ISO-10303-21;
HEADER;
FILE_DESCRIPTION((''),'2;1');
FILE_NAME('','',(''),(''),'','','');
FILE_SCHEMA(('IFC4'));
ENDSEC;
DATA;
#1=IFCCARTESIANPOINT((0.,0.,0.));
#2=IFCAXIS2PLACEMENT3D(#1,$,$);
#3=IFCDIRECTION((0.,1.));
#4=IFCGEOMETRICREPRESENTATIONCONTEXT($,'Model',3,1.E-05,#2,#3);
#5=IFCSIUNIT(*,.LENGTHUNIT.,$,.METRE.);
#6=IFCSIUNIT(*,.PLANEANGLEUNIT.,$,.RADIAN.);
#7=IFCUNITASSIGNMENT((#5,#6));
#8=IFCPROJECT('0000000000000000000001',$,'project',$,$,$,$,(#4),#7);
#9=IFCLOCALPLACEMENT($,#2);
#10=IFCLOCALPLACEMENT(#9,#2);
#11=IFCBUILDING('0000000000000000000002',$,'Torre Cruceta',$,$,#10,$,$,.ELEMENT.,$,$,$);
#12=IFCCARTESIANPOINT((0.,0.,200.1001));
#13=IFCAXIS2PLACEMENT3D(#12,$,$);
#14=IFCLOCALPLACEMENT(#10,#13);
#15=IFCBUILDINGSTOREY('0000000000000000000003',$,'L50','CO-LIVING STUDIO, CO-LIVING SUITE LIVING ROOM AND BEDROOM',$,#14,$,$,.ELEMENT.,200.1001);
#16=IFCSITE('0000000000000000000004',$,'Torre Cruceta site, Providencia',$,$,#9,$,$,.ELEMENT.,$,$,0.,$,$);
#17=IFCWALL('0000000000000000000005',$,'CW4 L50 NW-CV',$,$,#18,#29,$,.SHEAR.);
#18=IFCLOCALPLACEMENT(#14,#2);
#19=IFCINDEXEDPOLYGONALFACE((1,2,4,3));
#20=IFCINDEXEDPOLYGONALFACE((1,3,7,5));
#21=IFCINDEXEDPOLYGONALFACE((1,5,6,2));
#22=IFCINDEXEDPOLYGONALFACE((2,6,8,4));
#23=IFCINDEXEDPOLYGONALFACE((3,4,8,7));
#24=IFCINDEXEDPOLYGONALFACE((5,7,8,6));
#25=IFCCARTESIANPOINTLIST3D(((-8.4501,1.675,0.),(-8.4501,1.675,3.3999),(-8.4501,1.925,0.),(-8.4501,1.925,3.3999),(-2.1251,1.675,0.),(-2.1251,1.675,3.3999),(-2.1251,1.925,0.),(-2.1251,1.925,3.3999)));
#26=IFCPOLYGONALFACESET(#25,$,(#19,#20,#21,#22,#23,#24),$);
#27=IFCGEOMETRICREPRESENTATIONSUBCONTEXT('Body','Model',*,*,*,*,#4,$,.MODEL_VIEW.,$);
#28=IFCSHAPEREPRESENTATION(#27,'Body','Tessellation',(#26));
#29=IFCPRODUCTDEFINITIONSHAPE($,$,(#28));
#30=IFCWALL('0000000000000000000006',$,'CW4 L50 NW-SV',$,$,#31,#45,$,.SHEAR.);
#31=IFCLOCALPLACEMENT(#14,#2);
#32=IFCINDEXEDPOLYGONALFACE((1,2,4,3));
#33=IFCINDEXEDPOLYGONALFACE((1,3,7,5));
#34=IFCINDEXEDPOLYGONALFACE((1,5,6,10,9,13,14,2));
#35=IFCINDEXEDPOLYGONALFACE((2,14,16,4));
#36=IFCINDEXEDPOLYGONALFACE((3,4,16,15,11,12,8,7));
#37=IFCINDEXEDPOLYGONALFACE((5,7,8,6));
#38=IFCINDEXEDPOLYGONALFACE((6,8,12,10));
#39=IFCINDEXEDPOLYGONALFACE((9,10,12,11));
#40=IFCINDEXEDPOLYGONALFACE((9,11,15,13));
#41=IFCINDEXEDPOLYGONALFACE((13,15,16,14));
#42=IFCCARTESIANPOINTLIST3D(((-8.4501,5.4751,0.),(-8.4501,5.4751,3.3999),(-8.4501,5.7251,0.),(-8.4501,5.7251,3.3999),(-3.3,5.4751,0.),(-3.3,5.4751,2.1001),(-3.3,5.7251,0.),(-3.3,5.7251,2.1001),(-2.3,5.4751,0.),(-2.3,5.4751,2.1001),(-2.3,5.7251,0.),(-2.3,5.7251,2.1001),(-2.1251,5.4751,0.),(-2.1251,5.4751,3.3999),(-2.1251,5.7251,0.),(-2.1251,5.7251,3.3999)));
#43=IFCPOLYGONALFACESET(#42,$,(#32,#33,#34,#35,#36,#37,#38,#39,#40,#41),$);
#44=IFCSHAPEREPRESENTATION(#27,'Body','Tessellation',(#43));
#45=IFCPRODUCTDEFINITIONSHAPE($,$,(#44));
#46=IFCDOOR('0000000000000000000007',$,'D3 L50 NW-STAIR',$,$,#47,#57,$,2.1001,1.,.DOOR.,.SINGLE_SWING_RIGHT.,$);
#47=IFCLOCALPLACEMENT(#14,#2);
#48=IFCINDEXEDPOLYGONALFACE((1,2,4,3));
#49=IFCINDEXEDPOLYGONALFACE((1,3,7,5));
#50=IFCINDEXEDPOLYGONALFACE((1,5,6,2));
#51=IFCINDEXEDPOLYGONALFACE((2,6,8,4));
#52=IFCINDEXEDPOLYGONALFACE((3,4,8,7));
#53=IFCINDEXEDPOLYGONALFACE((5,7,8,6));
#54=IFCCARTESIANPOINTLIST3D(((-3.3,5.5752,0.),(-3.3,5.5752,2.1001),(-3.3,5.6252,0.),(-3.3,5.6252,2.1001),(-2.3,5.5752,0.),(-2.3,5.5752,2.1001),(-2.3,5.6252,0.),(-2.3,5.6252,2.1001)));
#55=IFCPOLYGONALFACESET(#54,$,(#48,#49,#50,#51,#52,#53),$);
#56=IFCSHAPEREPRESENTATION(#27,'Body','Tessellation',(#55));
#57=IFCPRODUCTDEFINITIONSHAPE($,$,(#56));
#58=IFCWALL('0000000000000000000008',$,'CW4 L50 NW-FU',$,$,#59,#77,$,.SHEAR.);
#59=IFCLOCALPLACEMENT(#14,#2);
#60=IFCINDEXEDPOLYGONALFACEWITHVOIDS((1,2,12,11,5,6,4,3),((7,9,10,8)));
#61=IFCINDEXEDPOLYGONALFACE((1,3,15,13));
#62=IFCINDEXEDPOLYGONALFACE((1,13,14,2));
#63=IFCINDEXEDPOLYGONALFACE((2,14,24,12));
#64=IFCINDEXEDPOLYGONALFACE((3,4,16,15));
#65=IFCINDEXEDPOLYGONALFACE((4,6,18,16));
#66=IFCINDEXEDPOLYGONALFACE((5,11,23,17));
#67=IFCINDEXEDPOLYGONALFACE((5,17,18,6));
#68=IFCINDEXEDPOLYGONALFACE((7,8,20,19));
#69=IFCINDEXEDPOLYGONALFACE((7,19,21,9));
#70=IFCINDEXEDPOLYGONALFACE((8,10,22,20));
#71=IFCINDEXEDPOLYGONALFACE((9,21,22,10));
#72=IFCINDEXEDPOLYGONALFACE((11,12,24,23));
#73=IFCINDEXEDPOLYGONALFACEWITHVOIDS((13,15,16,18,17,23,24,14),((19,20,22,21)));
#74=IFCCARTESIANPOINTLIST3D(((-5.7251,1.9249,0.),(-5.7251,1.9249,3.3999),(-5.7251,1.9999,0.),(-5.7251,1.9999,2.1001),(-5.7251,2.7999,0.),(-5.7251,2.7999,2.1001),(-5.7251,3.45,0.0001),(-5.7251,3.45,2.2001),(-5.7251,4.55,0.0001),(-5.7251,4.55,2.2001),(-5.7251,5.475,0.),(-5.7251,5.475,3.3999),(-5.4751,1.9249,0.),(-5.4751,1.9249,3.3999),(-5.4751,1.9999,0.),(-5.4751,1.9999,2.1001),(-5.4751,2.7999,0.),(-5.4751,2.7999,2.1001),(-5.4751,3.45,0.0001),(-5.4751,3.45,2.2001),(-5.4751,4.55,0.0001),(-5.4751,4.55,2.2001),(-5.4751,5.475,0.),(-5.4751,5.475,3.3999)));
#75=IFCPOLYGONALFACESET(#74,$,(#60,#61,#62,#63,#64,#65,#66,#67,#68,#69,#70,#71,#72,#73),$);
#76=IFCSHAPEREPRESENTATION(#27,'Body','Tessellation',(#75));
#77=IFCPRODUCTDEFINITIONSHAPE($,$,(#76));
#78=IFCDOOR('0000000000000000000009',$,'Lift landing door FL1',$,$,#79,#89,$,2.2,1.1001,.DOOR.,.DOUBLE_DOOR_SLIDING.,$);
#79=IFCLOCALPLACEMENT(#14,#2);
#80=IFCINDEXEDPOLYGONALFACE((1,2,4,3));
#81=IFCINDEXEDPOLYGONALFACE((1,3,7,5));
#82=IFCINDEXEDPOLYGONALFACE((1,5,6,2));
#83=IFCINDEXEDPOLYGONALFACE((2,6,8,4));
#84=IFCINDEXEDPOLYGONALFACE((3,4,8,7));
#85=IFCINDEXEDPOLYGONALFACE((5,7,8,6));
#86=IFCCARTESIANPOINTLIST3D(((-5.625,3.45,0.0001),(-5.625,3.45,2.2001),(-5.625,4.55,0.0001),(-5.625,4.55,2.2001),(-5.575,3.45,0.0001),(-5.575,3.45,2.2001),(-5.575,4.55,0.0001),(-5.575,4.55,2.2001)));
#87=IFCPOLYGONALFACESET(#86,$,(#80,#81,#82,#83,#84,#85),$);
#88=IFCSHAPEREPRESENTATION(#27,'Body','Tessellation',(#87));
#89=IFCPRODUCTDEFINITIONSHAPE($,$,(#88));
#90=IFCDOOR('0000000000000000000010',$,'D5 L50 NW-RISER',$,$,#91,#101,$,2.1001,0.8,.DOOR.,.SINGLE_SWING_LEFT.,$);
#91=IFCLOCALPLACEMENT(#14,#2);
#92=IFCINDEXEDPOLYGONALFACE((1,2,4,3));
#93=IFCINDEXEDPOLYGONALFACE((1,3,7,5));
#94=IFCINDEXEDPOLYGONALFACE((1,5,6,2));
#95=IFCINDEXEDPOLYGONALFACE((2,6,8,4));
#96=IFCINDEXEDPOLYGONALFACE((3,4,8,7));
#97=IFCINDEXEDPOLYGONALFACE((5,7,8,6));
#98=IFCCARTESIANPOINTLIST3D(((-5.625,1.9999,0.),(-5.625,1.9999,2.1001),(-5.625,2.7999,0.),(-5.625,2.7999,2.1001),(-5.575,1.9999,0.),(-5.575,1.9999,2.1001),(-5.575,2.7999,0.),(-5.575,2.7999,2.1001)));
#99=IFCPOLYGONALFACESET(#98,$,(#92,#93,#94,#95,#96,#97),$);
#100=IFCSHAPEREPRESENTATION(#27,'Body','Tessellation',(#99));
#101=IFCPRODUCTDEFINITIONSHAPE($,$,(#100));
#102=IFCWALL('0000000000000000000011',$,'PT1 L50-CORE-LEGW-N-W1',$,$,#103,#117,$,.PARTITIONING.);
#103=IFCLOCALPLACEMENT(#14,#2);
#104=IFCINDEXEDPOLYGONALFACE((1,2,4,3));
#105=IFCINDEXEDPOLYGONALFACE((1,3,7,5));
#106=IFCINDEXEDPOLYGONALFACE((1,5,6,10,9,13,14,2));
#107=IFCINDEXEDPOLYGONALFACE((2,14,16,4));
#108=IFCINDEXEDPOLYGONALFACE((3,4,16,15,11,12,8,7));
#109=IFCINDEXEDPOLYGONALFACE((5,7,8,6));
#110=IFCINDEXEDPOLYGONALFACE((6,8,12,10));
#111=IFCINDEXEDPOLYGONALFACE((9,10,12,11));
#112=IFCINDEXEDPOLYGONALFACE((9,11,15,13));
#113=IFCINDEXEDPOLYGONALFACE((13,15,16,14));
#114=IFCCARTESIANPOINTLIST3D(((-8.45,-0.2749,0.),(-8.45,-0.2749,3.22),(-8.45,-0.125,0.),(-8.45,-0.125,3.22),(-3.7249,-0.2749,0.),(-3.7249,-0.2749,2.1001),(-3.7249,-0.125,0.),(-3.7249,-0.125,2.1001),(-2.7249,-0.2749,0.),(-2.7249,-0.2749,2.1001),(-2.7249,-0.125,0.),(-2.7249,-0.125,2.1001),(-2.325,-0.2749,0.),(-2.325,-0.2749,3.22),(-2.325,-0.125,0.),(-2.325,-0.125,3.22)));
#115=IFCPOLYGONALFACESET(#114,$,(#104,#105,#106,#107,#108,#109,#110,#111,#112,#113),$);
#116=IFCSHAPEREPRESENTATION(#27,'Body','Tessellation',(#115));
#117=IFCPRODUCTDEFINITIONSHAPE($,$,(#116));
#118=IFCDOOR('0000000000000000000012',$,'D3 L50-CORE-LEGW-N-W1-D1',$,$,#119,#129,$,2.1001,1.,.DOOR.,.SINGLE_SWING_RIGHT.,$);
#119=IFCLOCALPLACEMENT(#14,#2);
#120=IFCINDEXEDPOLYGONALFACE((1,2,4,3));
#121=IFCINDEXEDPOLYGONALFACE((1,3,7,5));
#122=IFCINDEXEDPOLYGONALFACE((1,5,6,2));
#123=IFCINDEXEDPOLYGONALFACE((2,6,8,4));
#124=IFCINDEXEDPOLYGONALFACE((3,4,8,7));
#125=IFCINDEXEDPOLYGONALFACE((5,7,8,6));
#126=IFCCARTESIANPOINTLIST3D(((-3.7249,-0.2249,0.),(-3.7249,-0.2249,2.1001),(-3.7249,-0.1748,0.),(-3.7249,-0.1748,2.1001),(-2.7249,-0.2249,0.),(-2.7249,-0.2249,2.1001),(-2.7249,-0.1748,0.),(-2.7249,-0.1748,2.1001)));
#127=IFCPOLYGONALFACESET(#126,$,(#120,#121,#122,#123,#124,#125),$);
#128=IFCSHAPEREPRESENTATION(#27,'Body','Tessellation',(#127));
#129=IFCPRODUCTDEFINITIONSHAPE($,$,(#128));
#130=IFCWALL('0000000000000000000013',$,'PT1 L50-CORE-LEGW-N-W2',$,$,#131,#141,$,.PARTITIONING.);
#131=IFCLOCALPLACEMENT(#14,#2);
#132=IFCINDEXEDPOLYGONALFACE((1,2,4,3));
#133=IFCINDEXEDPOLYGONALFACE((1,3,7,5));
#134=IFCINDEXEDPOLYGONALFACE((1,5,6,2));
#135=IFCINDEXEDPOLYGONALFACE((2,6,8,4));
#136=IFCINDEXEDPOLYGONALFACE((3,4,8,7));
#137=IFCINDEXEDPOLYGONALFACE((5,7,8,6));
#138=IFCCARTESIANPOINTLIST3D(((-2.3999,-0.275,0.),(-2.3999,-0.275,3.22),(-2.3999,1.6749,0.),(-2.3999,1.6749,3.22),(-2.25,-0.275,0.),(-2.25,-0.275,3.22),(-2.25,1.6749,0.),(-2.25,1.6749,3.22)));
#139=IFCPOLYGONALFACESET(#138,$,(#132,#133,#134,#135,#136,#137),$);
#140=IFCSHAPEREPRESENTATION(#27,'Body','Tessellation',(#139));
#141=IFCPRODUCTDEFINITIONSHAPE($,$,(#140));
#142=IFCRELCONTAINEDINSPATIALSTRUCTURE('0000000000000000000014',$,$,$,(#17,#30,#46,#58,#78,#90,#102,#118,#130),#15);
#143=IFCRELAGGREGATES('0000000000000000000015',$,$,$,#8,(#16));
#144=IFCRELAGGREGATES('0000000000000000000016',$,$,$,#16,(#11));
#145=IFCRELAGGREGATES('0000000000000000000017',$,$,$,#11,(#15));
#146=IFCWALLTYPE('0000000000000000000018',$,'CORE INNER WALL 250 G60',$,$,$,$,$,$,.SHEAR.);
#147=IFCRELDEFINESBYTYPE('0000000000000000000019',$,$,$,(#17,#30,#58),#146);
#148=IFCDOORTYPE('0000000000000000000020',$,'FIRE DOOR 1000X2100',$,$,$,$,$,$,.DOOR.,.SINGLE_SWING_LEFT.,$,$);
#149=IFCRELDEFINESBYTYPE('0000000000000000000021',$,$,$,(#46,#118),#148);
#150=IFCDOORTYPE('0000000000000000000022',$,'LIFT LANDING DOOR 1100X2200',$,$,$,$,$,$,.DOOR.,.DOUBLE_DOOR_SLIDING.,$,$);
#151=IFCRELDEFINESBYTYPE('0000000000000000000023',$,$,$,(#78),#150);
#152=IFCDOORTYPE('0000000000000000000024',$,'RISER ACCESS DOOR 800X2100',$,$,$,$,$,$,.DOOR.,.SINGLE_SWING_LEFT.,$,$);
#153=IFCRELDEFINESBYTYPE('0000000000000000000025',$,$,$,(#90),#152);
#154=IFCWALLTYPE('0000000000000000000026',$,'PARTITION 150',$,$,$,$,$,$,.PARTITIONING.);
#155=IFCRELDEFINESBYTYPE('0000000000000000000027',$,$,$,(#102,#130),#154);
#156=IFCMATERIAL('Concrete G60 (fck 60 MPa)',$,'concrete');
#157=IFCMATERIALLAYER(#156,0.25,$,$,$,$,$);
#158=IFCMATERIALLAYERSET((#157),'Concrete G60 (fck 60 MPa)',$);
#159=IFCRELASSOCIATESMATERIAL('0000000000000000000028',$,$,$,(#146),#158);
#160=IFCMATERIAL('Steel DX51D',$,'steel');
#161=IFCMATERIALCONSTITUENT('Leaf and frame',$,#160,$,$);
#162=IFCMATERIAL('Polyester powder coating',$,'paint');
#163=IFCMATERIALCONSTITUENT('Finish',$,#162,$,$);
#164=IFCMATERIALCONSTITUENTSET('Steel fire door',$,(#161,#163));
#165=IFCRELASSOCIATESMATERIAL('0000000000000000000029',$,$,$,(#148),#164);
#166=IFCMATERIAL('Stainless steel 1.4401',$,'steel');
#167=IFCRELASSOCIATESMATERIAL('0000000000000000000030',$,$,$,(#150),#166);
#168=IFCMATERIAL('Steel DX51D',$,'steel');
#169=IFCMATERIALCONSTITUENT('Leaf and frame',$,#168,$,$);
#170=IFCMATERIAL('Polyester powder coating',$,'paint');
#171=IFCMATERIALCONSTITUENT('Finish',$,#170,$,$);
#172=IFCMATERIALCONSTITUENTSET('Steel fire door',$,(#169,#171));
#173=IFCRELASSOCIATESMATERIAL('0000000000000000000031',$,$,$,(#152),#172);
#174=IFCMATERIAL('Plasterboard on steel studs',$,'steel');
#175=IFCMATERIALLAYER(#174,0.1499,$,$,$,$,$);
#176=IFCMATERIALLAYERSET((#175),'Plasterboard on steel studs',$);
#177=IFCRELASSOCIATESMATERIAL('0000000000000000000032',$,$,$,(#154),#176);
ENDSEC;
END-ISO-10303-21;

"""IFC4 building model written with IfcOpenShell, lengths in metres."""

from ifc_helpers import new_model, si_unit, direction, frame, frame_2d, origin, place, context, subcontext, project, spatial, rectangle, extrude, material, layer, layer_set, constituent, constituent_set, type_object, element, fill, save


model = new_model("IFC4")

# Units and contexts
model_context = context("Model", 3, precision=1e-05, world=origin(), true_north=direction((0.0, 1.0)))
body_context = subcontext(model_context, "Body", "Model", "MODEL_VIEW")
ifc_project = project(units=[si_unit("LENGTHUNIT", "METRE"), si_unit("PLANEANGLEUNIT", "RADIAN")], contexts=[model_context])

# Site, building, storey
site_placement = place(None, origin())
site = spatial("IfcSite", under=ifc_project, at=site_placement, Name="Torre Cruceta site, Providencia", CompositionType="ELEMENT", RefElevation=0.0)
building_placement = place(site_placement, origin())
building = spatial("IfcBuilding", under=site, at=building_placement, Name="Torre Cruceta", CompositionType="ELEMENT")
storey_placement = place(building_placement, frame((0.0, 0.0, 200.1001)))
storey = spatial("IfcBuildingStorey", under=building, at=storey_placement, Name="L50", Description="CO-LIVING STUDIO, CO-LIVING SUITE LIVING ROOM AND BEDROOM", CompositionType="ELEMENT", Elevation=200.1001)

# Shared definitions
ifc_material_1 = material(Name="Concrete G60 (fck 60 MPa)", Category="concrete")
ifc_layer_1 = layer(ifc_material_1, 0.25)
ifc_layer_set_1 = layer_set([ifc_layer_1], Name="Concrete G60 (fck 60 MPa)")
wall_type_1 = type_object("IfcWallType", Name="CORE INNER WALL 250 G60", PredefinedType="SHEAR", material=ifc_layer_set_1)
ifc_material_2 = material(Name="Steel DX51D", Category="steel")
ifc_constituent_1 = constituent(ifc_material_2, Name="Leaf and frame")
ifc_material_3 = material(Name="Polyester powder coating", Category="paint")
ifc_constituent_2 = constituent(ifc_material_3, Name="Finish")
ifc_constituent_set_1 = constituent_set(constituents=[ifc_constituent_1, ifc_constituent_2], Name="Steel fire door")
door_type_1 = type_object("IfcDoorType", Name="FIRE DOOR 1000X2100", OperationType="SINGLE_SWING_LEFT", PredefinedType="DOOR", material=ifc_constituent_set_1)

# Wall
wall_1_placement = place(storey_placement, frame((-2.125, 1.8, 0.0), z_axis=(0.0, 0.0, 1.0), x_axis=(-1.0, 0.0, 0.0)))
element("IfcWall", 1, at=wall_1_placement, inside=storey, type_object=wall_type_1, Name="CW4 L50 NW-CV", PredefinedType="SHEAR", context=body_context, shape_type="SweptSolid", body=[
    extrude(rectangle(XDim=6.325, YDim=0.25, at=frame_2d((3.1626, 0.0))), origin(), (0.0, 0.0, 1.0), 3.3999),
])

# Wall, opening, door
wall_2_placement = place(storey_placement, frame((-2.125, 5.6001, 0.0), z_axis=(0.0, 0.0, 1.0), x_axis=(-1.0, 0.0, 0.0)))
wall_2 = element("IfcWall", 2, at=wall_2_placement, inside=storey, type_object=wall_type_1, Name="CW4 L50 NW-SV", PredefinedType="SHEAR", context=body_context, shape_type="SweptSolid", body=[
    extrude(rectangle(XDim=6.325, YDim=0.25, at=frame_2d((3.1626, 0.0))), origin(), (0.0, 0.0, 1.0), 3.3999),
])
opening_1_placement = place(wall_2_placement, frame((0.175, 0.0, 0.0)))
opening_1 = element("IfcOpeningElement", 3, at=opening_1_placement, cuts=wall_2, PredefinedType="OPENING", context=body_context, shape_type="SweptSolid", body=[
    extrude(rectangle(XDim=1.0, YDim=2.1001, at=frame_2d((0.5, 1.05))), frame((0.0, 0.135, 0.0), z_axis=(0.0, -1.0, 0.0), x_axis=(1.0, 0.0, 0.0)), (0.0, 0.0, 1.0), 0.27),
])
door_1_placement = place(opening_1_placement, frame((1.0, 0.0, 0.0), z_axis=(0.0, 0.0, 1.0), x_axis=(-1.0, 0.0, 0.0)))
door_1 = element("IfcDoor", 4, at=door_1_placement, inside=storey, type_object=door_type_1, Name="D3 L50 NW-STAIR", OperationType="SINGLE_SWING_RIGHT", OverallHeight=2.1001, OverallWidth=1.0, PredefinedType="DOOR", context=body_context, shape_type="SweptSolid", body=[
    extrude(rectangle(XDim=1.0, YDim=2.1001, at=frame_2d((0.5, 1.05))), frame((0.0, 0.0251, 0.0), z_axis=(0.0, -1.0, 0.0), x_axis=(1.0, 0.0, 0.0)), (0.0, 0.0, 1.0), 0.05),
])
fill(opening_1, door_1)

# Wall, openings, doors
wall_3_placement = place(storey_placement, frame((-5.6001, 1.925, 0.0), z_axis=(0.0, 0.0, 1.0), x_axis=(0.0, 1.0, 0.0)))
wall_3 = element("IfcWall", 5, at=wall_3_placement, inside=storey, type_object=wall_type_1, Name="CW4 L50 NW-FU", PredefinedType="SHEAR", context=body_context, shape_type="SweptSolid", body=[
    extrude(rectangle(XDim=3.55, YDim=0.25, at=frame_2d((1.7749, 0.0))), origin(), (0.0, 0.0, 1.0), 3.3999),
])
opening_2_placement = place(wall_3_placement, frame((1.5249, 0.0, 0.0)))
opening_2 = element("IfcOpeningElement", 6, at=opening_2_placement, cuts=wall_3, PredefinedType="OPENING", context=body_context, shape_type="SweptSolid", body=[
    extrude(rectangle(XDim=1.1001, YDim=2.2, at=frame_2d((0.55, 1.1001))), frame((0.0, 0.135, 0.0), z_axis=(0.0, -1.0, 0.0), x_axis=(1.0, 0.0, 0.0)), (0.0, 0.0, 1.0), 0.27),
])
opening_3_placement = place(wall_3_placement, frame((0.075, 0.0, 0.0)))
opening_3 = element("IfcOpeningElement", 7, at=opening_3_placement, cuts=wall_3, PredefinedType="OPENING", context=body_context, shape_type="SweptSolid", body=[
    extrude(rectangle(XDim=0.8, YDim=2.1001, at=frame_2d((0.3999, 1.05))), frame((0.0, 0.135, 0.0), z_axis=(0.0, -1.0, 0.0), x_axis=(1.0, 0.0, 0.0)), (0.0, 0.0, 1.0), 0.27),
])
ifc_material_4 = material(Name="Stainless steel 1.4401", Category="steel")
door_type_2 = type_object("IfcDoorType", Name="LIFT LANDING DOOR 1100X2200", OperationType="DOUBLE_DOOR_SLIDING", PredefinedType="DOOR", material=ifc_material_4)
door_2_placement = place(opening_2_placement, origin())
door_2 = element("IfcDoor", 8, at=door_2_placement, inside=storey, type_object=door_type_2, Name="Lift landing door FL1", OperationType="DOUBLE_DOOR_SLIDING", OverallHeight=2.2, OverallWidth=1.1001, PredefinedType="DOOR", context=body_context, shape_type="SweptSolid", body=[
    extrude(rectangle(XDim=1.1001, YDim=2.2, at=frame_2d((0.55, 1.1001))), frame((0.0, 0.0249, 0.0), z_axis=(0.0, -1.0, 0.0), x_axis=(1.0, 0.0, 0.0)), (0.0, 0.0, 1.0), 0.05),
])
fill(opening_2, door_2)
ifc_material_5 = material(Name="Steel DX51D", Category="steel")
ifc_constituent_3 = constituent(ifc_material_5, Name="Leaf and frame")
ifc_material_6 = material(Name="Polyester powder coating", Category="paint")
ifc_constituent_4 = constituent(ifc_material_6, Name="Finish")
ifc_constituent_set_2 = constituent_set(constituents=[ifc_constituent_3, ifc_constituent_4], Name="Steel fire door")
door_type_3 = type_object("IfcDoorType", Name="RISER ACCESS DOOR 800X2100", OperationType="SINGLE_SWING_LEFT", PredefinedType="DOOR", material=ifc_constituent_set_2)
door_3_placement = place(opening_3_placement, origin())
door_3 = element("IfcDoor", 9, at=door_3_placement, inside=storey, type_object=door_type_3, Name="D5 L50 NW-RISER", OperationType="SINGLE_SWING_LEFT", OverallHeight=2.1001, OverallWidth=0.8, PredefinedType="DOOR", context=body_context, shape_type="SweptSolid", body=[
    extrude(rectangle(XDim=0.8, YDim=2.1001, at=frame_2d((0.3999, 1.05))), frame((0.0, 0.0249, 0.0), z_axis=(0.0, -1.0, 0.0), x_axis=(1.0, 0.0, 0.0)), (0.0, 0.0, 1.0), 0.05),
])
fill(opening_3, door_3)

# Wall, opening, door
ifc_material_7 = material(Name="Plasterboard on steel studs", Category="steel")
ifc_layer_2 = layer(ifc_material_7, 0.1499)
ifc_layer_set_2 = layer_set([ifc_layer_2], Name="Plasterboard on steel studs")
wall_type_2 = type_object("IfcWallType", Name="PARTITION 150", PredefinedType="PARTITIONING", material=ifc_layer_set_2)
wall_4_placement = place(storey_placement, frame((-2.325, -0.2, 0.0), z_axis=(0.0, 0.0, 1.0), x_axis=(-1.0, 0.0, 0.0)))
wall_4 = element("IfcWall", 10, at=wall_4_placement, inside=storey, type_object=wall_type_2, Name="PT1 L50-CORE-LEGW-N-W1", PredefinedType="PARTITIONING", context=body_context, shape_type="SweptSolid", body=[
    extrude(rectangle(XDim=6.125, YDim=0.1499, at=frame_2d((3.0625, 0.0))), origin(), (0.0, 0.0, 1.0), 3.22),
])
opening_4_placement = place(wall_4_placement, frame((0.3999, 0.0, 0.0)))
opening_4 = element("IfcOpeningElement", 11, at=opening_4_placement, cuts=wall_4, PredefinedType="OPENING", context=body_context, shape_type="SweptSolid", body=[
    extrude(rectangle(XDim=1.0, YDim=2.1001, at=frame_2d((0.5, 1.05))), frame((0.0, 0.085, 0.0), z_axis=(0.0, -1.0, 0.0), x_axis=(1.0, 0.0, 0.0)), (0.0, 0.0, 1.0), 0.1699),
])
door_4_placement = place(opening_4_placement, frame((1.0, 0.0, 0.0), z_axis=(0.0, 0.0, 1.0), x_axis=(-1.0, 0.0, 0.0)))
door_4 = element("IfcDoor", 12, at=door_4_placement, inside=storey, type_object=door_type_1, Name="D3 L50-CORE-LEGW-N-W1-D1", OperationType="SINGLE_SWING_RIGHT", OverallHeight=2.1001, OverallWidth=1.0, PredefinedType="DOOR", context=body_context, shape_type="SweptSolid", body=[
    extrude(rectangle(XDim=1.0, YDim=2.1001, at=frame_2d((0.5, 1.05))), frame((0.0, 0.0251, 0.0), z_axis=(0.0, -1.0, 0.0), x_axis=(1.0, 0.0, 0.0)), (0.0, 0.0, 1.0), 0.05),
])
fill(opening_4, door_4)

# Wall
wall_5_placement = place(storey_placement, frame((-2.325, 1.675, 0.0), z_axis=(0.0, 0.0, 1.0), x_axis=(0.0, -1.0, 0.0)))
element("IfcWall", 13, at=wall_5_placement, inside=storey, type_object=wall_type_2, Name="PT1 L50-CORE-LEGW-N-W2", PredefinedType="PARTITIONING", context=body_context, shape_type="SweptSolid", body=[
    extrude(rectangle(XDim=1.95, YDim=0.1499, at=frame_2d((0.9751, 0.0))), origin(), (0.0, 0.0, 1.0), 3.22),
])

save(model, "model.ifc")
